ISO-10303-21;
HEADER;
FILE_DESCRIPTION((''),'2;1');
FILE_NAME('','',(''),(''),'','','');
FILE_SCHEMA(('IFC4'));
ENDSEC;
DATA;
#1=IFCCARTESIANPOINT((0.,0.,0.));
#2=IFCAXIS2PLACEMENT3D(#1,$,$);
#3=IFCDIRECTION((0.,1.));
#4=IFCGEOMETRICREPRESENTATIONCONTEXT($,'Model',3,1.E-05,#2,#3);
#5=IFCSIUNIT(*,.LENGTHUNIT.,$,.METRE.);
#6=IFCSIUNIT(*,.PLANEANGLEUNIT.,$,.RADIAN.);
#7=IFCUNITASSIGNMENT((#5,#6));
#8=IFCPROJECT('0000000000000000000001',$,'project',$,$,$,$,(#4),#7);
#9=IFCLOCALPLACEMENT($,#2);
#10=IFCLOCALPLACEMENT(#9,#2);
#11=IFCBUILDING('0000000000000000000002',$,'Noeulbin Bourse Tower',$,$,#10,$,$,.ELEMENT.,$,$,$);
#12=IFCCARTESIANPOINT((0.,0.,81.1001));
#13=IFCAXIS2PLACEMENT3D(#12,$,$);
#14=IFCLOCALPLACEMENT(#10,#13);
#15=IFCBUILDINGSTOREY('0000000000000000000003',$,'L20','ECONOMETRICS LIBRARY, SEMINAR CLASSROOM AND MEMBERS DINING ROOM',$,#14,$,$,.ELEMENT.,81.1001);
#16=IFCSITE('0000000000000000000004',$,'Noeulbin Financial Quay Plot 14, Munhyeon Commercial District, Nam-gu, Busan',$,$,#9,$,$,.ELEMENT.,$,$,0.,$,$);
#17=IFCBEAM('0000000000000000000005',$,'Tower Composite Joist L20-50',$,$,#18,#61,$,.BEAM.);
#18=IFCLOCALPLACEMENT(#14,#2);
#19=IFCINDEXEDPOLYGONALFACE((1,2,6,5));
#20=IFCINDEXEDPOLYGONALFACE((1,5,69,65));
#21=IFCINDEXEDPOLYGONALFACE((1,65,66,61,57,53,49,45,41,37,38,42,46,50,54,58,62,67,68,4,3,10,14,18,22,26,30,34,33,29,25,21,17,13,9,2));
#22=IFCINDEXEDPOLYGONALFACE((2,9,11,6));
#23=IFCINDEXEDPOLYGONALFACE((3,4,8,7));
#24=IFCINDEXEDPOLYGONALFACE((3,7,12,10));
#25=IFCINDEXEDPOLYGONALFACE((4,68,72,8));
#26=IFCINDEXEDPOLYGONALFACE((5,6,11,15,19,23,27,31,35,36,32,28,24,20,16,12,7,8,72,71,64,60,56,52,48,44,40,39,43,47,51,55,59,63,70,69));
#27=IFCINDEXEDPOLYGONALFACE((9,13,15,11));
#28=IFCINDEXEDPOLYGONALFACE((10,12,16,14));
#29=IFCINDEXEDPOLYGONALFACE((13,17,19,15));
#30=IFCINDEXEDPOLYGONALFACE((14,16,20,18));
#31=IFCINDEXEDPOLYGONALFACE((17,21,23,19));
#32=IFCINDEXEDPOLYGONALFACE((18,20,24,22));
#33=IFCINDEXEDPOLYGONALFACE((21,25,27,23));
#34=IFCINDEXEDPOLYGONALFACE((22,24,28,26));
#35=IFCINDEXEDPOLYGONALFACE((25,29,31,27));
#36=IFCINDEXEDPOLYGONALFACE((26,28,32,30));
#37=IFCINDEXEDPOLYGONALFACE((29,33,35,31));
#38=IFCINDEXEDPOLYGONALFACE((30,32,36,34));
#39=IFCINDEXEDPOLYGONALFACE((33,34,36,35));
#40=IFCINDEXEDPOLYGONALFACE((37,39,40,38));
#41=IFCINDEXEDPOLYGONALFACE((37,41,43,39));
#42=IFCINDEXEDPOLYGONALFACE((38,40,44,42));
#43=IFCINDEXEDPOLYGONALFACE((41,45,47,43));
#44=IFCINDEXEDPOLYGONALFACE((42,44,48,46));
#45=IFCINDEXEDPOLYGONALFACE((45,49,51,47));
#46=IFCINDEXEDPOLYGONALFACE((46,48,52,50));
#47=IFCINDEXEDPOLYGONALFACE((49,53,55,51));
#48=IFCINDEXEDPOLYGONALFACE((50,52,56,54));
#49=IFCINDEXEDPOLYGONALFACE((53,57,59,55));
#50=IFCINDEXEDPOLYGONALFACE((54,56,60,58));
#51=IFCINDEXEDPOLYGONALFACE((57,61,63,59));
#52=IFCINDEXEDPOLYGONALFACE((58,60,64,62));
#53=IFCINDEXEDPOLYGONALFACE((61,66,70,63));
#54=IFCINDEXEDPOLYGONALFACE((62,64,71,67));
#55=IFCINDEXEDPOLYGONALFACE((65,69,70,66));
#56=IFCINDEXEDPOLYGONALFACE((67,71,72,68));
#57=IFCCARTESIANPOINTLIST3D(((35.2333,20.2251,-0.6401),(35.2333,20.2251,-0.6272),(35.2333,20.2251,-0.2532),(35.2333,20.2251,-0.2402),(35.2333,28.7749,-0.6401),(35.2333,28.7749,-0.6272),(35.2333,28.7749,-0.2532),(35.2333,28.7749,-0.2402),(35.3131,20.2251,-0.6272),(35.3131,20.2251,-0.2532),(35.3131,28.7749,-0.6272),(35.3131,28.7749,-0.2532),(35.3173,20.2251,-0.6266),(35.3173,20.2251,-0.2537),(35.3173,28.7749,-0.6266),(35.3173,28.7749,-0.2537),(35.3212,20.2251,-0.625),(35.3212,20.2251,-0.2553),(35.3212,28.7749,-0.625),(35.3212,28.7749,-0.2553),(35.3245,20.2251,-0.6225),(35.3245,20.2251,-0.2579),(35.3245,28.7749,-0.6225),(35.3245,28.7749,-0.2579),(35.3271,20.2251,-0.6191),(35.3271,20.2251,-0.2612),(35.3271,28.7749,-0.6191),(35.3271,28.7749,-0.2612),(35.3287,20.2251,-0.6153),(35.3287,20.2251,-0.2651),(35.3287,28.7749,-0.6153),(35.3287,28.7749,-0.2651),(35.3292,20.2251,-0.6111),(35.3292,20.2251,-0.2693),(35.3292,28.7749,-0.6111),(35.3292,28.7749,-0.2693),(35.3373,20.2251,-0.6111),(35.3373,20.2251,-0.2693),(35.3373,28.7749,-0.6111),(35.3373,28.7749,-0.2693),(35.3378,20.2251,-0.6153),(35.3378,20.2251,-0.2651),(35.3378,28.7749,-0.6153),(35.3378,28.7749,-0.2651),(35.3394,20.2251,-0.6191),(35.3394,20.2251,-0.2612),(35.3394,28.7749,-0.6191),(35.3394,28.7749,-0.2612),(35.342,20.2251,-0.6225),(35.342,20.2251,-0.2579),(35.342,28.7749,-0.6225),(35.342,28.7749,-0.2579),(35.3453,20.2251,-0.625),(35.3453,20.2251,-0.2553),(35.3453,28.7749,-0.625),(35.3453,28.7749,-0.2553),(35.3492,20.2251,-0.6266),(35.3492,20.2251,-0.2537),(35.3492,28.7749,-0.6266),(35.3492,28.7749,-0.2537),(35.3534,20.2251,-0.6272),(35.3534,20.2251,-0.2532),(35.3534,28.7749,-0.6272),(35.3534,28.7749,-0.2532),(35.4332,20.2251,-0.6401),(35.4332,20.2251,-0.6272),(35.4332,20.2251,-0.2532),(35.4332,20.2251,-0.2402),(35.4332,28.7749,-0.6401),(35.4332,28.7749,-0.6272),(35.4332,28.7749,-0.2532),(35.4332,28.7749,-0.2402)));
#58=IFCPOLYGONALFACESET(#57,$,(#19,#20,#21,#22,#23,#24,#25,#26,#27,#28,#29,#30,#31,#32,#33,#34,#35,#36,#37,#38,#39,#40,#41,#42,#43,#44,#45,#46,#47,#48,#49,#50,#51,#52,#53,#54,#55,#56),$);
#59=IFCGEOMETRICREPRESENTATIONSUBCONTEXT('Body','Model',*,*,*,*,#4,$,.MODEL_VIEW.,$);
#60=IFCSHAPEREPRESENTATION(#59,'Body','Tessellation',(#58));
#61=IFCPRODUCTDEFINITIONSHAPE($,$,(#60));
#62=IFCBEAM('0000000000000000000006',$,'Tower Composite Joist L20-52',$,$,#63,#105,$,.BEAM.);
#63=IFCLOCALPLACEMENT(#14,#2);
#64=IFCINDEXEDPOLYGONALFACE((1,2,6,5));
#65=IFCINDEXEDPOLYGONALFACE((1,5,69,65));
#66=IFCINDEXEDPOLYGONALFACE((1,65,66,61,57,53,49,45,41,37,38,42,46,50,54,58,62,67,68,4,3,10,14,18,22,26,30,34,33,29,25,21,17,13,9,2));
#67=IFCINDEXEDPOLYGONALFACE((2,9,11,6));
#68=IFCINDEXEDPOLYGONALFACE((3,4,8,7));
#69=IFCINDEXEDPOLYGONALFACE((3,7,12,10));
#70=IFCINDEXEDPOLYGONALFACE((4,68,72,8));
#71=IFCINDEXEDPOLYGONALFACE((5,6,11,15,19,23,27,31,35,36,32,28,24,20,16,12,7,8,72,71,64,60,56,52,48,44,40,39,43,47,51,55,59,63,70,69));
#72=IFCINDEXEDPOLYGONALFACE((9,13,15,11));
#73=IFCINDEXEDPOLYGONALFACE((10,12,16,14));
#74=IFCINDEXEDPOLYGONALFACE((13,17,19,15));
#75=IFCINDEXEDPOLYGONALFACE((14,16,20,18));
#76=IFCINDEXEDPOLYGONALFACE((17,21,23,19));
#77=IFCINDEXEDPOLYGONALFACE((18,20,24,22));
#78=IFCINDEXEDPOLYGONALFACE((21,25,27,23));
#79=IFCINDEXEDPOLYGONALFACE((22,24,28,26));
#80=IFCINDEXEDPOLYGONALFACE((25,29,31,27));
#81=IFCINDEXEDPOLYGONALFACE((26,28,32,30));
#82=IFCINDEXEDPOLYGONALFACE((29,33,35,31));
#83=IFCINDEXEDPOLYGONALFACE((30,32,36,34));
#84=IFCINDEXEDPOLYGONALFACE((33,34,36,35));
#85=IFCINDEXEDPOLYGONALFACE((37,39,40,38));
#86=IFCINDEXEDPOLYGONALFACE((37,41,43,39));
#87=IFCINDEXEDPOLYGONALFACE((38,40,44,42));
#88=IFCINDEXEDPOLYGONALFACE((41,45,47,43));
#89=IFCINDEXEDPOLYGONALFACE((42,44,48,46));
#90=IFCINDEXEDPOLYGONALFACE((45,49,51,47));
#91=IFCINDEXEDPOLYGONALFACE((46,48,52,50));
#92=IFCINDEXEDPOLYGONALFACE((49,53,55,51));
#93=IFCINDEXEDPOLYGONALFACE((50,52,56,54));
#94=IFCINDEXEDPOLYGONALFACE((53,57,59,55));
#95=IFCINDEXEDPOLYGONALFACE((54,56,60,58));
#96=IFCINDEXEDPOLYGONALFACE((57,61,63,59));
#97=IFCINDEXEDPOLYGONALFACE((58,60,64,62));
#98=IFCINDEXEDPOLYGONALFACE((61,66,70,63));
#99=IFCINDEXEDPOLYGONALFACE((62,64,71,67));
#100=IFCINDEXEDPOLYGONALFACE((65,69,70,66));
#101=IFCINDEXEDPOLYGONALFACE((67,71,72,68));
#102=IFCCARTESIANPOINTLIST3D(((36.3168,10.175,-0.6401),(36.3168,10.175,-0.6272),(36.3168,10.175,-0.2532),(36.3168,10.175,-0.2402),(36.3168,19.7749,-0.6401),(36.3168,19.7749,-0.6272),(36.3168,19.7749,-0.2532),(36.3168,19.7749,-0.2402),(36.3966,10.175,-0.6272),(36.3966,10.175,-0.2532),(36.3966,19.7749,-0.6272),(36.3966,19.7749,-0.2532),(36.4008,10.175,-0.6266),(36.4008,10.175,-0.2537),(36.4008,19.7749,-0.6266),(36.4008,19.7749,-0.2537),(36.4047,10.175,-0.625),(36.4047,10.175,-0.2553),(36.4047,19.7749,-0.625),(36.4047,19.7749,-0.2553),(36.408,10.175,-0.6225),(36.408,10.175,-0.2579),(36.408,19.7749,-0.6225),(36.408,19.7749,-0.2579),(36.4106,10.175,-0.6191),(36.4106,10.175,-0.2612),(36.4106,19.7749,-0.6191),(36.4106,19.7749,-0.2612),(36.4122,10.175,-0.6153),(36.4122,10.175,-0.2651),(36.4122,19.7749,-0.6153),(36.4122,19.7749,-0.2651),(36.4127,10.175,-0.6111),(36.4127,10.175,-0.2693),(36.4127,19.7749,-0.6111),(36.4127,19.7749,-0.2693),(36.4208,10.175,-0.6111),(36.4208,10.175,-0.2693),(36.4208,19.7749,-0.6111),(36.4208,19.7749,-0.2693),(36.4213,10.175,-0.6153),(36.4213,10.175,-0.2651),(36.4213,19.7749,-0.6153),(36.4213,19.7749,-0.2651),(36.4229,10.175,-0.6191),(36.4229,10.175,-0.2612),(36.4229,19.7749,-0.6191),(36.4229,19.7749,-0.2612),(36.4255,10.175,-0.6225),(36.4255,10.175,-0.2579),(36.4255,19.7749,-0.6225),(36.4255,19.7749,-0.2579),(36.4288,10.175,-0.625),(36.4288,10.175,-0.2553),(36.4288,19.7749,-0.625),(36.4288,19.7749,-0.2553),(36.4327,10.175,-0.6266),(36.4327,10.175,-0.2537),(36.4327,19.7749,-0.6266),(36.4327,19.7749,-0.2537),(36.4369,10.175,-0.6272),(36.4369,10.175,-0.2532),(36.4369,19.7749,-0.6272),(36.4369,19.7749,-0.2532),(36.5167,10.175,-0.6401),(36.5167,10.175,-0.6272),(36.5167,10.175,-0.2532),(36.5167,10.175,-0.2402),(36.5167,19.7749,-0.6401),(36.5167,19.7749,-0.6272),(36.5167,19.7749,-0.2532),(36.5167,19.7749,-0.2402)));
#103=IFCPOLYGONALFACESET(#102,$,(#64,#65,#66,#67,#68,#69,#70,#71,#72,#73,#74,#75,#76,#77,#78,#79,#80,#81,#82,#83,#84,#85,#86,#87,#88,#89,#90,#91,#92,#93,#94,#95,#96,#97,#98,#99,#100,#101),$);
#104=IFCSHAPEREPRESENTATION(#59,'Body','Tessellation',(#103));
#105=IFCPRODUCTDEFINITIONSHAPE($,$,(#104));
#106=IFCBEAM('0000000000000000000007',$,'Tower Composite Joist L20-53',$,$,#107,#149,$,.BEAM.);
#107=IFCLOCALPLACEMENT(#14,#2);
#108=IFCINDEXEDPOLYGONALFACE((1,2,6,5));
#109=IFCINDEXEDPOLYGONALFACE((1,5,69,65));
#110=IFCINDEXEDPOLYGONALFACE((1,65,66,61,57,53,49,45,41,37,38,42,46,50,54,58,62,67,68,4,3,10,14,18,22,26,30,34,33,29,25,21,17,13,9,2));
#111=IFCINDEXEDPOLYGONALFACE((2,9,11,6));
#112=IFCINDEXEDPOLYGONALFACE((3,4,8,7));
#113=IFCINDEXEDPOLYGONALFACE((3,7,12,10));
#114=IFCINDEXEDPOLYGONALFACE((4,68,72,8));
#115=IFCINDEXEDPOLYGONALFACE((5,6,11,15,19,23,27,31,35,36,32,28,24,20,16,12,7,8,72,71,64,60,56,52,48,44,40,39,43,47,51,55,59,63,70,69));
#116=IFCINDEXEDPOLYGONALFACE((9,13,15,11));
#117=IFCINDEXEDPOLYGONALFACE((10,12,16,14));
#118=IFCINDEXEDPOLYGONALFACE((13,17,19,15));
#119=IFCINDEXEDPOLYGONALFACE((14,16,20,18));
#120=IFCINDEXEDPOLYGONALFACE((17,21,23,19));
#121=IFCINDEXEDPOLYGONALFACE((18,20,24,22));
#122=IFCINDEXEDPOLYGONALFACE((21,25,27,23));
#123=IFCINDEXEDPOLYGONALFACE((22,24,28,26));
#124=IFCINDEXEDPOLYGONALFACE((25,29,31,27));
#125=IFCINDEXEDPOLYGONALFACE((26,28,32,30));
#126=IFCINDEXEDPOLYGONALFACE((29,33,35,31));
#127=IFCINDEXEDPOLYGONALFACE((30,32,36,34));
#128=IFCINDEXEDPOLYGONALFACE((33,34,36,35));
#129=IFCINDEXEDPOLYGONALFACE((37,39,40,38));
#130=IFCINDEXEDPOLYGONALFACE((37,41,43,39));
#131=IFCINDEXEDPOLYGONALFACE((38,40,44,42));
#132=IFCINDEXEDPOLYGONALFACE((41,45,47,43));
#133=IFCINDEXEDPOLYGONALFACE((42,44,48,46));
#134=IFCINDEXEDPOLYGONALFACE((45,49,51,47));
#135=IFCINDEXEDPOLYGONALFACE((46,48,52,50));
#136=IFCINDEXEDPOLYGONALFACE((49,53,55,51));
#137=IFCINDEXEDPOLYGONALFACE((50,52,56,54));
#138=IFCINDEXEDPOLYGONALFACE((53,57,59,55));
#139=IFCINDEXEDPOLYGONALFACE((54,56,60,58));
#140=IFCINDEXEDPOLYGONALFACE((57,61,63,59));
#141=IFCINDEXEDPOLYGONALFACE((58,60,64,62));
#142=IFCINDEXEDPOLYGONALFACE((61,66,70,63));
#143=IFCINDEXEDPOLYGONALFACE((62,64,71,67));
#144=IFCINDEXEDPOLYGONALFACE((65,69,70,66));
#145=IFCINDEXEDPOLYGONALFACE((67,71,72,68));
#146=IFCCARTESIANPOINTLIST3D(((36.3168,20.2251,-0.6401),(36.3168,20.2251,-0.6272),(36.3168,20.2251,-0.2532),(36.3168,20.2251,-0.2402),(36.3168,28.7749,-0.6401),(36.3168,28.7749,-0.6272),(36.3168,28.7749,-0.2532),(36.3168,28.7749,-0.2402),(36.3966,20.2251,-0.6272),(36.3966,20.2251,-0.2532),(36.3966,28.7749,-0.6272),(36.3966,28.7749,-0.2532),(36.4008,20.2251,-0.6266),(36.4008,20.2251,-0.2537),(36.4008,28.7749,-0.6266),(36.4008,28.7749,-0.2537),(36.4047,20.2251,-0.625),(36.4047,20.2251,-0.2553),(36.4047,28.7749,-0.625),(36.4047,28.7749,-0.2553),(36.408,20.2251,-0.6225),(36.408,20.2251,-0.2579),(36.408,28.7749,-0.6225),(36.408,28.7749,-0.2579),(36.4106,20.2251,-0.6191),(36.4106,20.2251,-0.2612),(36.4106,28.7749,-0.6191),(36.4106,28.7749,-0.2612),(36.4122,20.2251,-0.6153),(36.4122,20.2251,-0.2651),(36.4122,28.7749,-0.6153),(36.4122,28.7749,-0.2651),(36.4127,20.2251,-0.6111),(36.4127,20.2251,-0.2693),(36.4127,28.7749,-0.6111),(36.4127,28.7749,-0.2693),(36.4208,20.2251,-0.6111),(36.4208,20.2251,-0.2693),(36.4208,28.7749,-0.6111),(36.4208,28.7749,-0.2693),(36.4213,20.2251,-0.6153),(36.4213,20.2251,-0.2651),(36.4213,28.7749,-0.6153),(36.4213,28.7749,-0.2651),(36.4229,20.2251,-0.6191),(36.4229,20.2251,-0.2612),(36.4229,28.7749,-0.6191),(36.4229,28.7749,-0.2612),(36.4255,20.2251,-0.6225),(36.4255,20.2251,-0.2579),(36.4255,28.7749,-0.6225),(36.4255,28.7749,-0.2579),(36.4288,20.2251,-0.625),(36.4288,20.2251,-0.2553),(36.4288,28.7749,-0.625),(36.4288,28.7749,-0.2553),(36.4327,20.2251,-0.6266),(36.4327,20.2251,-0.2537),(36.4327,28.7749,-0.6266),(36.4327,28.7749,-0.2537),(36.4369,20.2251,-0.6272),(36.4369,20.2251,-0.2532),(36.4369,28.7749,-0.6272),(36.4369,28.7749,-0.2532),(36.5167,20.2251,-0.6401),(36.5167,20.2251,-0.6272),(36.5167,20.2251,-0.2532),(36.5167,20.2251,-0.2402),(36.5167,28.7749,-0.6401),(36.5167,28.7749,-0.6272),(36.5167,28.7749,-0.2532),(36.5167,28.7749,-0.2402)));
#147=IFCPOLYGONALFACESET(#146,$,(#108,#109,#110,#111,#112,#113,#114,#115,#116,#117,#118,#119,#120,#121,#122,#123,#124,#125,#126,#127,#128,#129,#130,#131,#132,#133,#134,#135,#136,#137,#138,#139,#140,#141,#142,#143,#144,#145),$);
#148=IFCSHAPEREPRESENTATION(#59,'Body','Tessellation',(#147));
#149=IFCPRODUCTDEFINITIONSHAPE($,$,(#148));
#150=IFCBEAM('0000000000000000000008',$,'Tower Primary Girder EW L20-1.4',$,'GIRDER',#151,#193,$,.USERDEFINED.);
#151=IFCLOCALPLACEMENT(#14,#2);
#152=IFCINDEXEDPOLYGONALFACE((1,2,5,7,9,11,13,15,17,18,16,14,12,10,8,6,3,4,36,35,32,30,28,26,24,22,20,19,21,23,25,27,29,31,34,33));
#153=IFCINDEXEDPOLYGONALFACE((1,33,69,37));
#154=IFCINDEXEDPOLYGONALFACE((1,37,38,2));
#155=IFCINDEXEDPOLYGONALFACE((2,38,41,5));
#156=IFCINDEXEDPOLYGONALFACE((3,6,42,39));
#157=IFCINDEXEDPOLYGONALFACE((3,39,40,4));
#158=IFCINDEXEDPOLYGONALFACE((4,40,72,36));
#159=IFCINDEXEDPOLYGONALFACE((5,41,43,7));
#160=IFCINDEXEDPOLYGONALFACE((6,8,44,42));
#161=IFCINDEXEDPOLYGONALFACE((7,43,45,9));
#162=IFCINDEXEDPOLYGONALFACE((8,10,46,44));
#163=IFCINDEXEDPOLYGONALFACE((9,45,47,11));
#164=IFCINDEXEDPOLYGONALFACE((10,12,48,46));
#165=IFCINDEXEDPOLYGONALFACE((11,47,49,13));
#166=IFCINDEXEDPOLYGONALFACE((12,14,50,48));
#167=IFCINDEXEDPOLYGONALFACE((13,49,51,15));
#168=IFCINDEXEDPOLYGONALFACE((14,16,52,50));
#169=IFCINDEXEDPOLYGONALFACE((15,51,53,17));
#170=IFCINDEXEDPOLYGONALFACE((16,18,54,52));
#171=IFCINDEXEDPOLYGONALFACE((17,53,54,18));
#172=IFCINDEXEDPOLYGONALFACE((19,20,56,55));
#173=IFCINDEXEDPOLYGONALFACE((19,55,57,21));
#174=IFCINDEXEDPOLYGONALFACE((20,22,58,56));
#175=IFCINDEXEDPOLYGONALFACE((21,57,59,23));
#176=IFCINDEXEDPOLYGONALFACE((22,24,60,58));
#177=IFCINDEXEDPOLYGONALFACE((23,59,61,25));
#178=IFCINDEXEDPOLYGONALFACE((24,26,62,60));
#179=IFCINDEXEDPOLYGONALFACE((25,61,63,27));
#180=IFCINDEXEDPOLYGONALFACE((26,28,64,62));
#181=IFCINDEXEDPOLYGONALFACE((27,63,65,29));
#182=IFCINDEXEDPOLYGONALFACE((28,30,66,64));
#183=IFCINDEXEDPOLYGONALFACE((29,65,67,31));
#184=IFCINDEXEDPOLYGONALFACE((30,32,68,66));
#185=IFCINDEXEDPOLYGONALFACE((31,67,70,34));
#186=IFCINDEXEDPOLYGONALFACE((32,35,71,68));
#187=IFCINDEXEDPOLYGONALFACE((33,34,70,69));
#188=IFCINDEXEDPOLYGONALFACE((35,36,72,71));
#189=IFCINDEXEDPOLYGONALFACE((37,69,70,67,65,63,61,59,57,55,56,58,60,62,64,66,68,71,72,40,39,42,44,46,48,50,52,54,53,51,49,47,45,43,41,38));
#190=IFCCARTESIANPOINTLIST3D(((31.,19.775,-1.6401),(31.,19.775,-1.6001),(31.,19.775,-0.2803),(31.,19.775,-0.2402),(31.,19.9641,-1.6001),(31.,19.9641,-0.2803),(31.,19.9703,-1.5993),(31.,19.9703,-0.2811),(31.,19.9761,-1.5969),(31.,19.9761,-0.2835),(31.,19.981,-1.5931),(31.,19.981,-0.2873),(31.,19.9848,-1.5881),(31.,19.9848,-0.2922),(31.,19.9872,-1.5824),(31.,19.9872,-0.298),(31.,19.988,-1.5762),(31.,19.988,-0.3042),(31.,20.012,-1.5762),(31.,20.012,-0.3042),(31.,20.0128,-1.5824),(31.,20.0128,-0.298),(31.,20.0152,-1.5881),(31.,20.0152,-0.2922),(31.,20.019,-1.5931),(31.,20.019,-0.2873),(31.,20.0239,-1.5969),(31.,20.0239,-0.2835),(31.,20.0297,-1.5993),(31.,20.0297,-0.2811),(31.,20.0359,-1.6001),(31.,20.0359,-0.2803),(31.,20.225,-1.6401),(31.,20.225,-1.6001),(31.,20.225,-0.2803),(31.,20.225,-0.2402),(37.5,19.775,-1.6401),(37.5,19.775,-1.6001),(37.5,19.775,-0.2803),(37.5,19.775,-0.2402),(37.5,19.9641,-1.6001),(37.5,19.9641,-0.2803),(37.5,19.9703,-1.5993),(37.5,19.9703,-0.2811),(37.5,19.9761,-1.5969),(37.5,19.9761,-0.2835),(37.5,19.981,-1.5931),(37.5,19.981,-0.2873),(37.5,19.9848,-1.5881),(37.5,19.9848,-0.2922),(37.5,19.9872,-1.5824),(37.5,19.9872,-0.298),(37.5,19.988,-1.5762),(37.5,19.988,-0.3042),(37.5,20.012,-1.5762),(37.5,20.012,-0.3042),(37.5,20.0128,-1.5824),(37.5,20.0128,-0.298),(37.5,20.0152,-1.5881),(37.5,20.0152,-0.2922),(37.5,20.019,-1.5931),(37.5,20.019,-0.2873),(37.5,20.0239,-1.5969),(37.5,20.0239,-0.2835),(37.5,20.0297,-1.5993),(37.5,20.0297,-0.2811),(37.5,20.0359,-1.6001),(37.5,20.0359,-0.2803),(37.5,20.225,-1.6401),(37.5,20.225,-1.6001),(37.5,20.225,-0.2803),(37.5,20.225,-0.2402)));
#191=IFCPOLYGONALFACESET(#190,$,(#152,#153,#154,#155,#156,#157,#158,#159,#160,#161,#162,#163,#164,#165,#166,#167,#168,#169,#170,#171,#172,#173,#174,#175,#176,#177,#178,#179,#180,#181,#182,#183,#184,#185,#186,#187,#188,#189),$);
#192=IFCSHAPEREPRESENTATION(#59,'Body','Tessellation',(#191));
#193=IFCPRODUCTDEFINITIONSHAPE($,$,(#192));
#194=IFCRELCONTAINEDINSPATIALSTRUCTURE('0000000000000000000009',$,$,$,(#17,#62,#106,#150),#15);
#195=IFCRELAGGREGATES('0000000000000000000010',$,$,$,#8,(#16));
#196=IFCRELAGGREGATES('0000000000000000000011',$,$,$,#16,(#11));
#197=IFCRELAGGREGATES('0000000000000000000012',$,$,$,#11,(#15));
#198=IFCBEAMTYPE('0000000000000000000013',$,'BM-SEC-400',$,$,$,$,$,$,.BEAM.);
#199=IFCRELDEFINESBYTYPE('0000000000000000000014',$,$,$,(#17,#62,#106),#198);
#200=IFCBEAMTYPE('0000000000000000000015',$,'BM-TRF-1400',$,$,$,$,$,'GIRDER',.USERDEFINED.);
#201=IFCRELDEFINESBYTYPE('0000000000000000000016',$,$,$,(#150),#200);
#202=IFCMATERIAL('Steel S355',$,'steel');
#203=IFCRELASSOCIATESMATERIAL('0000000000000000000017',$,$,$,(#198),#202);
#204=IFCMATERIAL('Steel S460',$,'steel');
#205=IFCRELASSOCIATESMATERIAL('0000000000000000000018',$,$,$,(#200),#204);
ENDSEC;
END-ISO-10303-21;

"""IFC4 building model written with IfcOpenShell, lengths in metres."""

from ifc_helpers import new_model, si_unit, direction, frame, origin, origin_2d, place, context, subcontext, project, spatial, i_section, extrude, material, material_profile, profile_set, type_object, element, save


model = new_model("IFC4")

# Units and contexts
model_context = context("Model", 3, precision=1e-05, world=origin(), true_north=direction((0.0, 1.0)))
body_context = subcontext(model_context, "Body", "Model", "MODEL_VIEW")
ifc_project = project(units=[si_unit("LENGTHUNIT", "METRE"), si_unit("PLANEANGLEUNIT", "RADIAN")], contexts=[model_context])

# Site, building, storey
site_placement = place(None, origin())
site = spatial("IfcSite", under=ifc_project, at=site_placement, Name="Noeulbin Financial Quay Plot 14, Munhyeon Commercial District, Nam-gu, Busan", CompositionType="ELEMENT", RefElevation=0.0)
building_placement = place(site_placement, origin())
building = spatial("IfcBuilding", under=site, at=building_placement, Name="Noeulbin Bourse Tower", CompositionType="ELEMENT")
storey_placement = place(building_placement, frame((0.0, 0.0, 81.1001)))
storey = spatial("IfcBuildingStorey", under=building, at=storey_placement, Name="L20", Description="ECONOMETRICS LIBRARY, SEMINAR CLASSROOM AND MEMBERS DINING ROOM", CompositionType="ELEMENT", Elevation=81.1001)

# Shared definitions
ifc_material_1 = material(Name="Steel S460", Category="steel")

# Beams
ifc_material_2 = material(Name="Steel S355", Category="steel")
ifc_material_profile_1 = material_profile(ifc_material_2, i_section(OverallWidth=0.2, OverallDepth=0.3999, WebThickness=0.0081, FlangeThickness=0.0129, FilletRadius=0.0161, at=origin_2d()), Name="H-400x200x8x13", Category="LoadBearing")
ifc_profile_set_1 = profile_set([ifc_material_profile_1], Name="Steel S355")
beam_type_1 = type_object("IfcBeamType", Name="BM-SEC-400", PredefinedType="BEAM", material=ifc_profile_set_1)
for number, where, z_axis, x_axis, name in (
    (1, (35.3333, 20.2251, -0.4402), (0.0, 1.0, 0.0), (-1.0, 0.0, 0.0), "Tower Composite Joist L20-50"),
):
    element("IfcBeam", number, at=place(storey_placement, frame(where, z_axis=z_axis, x_axis=x_axis)), inside=storey, type_object=beam_type_1, Name=name, PredefinedType="BEAM", context=body_context, shape_type="SweptSolid", body=[
        extrude(i_section(OverallWidth=0.2, OverallDepth=0.3999, WebThickness=0.0081, FlangeThickness=0.0129, FilletRadius=0.0161, at=origin_2d()), origin(), (0.0, 0.0, 1.0), 8.5498),
    ])
beam_1_placement = place(storey_placement, frame((36.4167, 10.175, -0.4402), z_axis=(0.0, 1.0, 0.0), x_axis=(-1.0, 0.0, 0.0)))
element("IfcBeam", 2, at=beam_1_placement, inside=storey, type_object=beam_type_1, Name="Tower Composite Joist L20-52", PredefinedType="BEAM", context=body_context, shape_type="SweptSolid", body=[
    extrude(i_section(OverallWidth=0.2, OverallDepth=0.3999, WebThickness=0.0081, FlangeThickness=0.0129, FilletRadius=0.0161, at=origin_2d()), origin(), (0.0, 0.0, 1.0), 9.5999),
])
beam_2_placement = place(storey_placement, frame((36.4167, 20.2251, -0.4402), z_axis=(0.0, 1.0, 0.0), x_axis=(-1.0, 0.0, 0.0)))
element("IfcBeam", 3, at=beam_2_placement, inside=storey, type_object=beam_type_1, Name="Tower Composite Joist L20-53", PredefinedType="BEAM", context=body_context, shape_type="SweptSolid", body=[
    extrude(i_section(OverallWidth=0.2, OverallDepth=0.3999, WebThickness=0.0081, FlangeThickness=0.0129, FilletRadius=0.0161, at=origin_2d()), origin(), (0.0, 0.0, 1.0), 8.5498),
])
ifc_material_profile_2 = material_profile(ifc_material_1, i_section(OverallWidth=0.45, OverallDepth=1.3999, WebThickness=0.0239, FlangeThickness=0.04, FilletRadius=0.0239, at=origin_2d()), Name="PG-1400x450x24x40", Category="LoadBearing")
ifc_profile_set_2 = profile_set([ifc_material_profile_2], Name="Steel S460")
beam_type_2 = type_object("IfcBeamType", Name="BM-TRF-1400", ElementType="GIRDER", PredefinedType="USERDEFINED", material=ifc_profile_set_2)
for number, where, z_axis, x_axis, name in (
    (4, (31.0, 20.0, -0.9402), (1.0, 0.0, 0.0), (0.0, 1.0, 0.0), "Tower Primary Girder EW L20-1.4"),
):
    element("IfcBeam", number, at=place(storey_placement, frame(where, z_axis=z_axis, x_axis=x_axis)), inside=storey, type_object=beam_type_2, Name=name, ObjectType="GIRDER", PredefinedType="USERDEFINED", context=body_context, shape_type="SweptSolid", body=[
        extrude(i_section(OverallWidth=0.45, OverallDepth=1.3999, WebThickness=0.0239, FlangeThickness=0.04, FilletRadius=0.0239, at=origin_2d()), origin(), (0.0, 0.0, 1.0), 6.5),
    ])

save(model, "model.ifc")
